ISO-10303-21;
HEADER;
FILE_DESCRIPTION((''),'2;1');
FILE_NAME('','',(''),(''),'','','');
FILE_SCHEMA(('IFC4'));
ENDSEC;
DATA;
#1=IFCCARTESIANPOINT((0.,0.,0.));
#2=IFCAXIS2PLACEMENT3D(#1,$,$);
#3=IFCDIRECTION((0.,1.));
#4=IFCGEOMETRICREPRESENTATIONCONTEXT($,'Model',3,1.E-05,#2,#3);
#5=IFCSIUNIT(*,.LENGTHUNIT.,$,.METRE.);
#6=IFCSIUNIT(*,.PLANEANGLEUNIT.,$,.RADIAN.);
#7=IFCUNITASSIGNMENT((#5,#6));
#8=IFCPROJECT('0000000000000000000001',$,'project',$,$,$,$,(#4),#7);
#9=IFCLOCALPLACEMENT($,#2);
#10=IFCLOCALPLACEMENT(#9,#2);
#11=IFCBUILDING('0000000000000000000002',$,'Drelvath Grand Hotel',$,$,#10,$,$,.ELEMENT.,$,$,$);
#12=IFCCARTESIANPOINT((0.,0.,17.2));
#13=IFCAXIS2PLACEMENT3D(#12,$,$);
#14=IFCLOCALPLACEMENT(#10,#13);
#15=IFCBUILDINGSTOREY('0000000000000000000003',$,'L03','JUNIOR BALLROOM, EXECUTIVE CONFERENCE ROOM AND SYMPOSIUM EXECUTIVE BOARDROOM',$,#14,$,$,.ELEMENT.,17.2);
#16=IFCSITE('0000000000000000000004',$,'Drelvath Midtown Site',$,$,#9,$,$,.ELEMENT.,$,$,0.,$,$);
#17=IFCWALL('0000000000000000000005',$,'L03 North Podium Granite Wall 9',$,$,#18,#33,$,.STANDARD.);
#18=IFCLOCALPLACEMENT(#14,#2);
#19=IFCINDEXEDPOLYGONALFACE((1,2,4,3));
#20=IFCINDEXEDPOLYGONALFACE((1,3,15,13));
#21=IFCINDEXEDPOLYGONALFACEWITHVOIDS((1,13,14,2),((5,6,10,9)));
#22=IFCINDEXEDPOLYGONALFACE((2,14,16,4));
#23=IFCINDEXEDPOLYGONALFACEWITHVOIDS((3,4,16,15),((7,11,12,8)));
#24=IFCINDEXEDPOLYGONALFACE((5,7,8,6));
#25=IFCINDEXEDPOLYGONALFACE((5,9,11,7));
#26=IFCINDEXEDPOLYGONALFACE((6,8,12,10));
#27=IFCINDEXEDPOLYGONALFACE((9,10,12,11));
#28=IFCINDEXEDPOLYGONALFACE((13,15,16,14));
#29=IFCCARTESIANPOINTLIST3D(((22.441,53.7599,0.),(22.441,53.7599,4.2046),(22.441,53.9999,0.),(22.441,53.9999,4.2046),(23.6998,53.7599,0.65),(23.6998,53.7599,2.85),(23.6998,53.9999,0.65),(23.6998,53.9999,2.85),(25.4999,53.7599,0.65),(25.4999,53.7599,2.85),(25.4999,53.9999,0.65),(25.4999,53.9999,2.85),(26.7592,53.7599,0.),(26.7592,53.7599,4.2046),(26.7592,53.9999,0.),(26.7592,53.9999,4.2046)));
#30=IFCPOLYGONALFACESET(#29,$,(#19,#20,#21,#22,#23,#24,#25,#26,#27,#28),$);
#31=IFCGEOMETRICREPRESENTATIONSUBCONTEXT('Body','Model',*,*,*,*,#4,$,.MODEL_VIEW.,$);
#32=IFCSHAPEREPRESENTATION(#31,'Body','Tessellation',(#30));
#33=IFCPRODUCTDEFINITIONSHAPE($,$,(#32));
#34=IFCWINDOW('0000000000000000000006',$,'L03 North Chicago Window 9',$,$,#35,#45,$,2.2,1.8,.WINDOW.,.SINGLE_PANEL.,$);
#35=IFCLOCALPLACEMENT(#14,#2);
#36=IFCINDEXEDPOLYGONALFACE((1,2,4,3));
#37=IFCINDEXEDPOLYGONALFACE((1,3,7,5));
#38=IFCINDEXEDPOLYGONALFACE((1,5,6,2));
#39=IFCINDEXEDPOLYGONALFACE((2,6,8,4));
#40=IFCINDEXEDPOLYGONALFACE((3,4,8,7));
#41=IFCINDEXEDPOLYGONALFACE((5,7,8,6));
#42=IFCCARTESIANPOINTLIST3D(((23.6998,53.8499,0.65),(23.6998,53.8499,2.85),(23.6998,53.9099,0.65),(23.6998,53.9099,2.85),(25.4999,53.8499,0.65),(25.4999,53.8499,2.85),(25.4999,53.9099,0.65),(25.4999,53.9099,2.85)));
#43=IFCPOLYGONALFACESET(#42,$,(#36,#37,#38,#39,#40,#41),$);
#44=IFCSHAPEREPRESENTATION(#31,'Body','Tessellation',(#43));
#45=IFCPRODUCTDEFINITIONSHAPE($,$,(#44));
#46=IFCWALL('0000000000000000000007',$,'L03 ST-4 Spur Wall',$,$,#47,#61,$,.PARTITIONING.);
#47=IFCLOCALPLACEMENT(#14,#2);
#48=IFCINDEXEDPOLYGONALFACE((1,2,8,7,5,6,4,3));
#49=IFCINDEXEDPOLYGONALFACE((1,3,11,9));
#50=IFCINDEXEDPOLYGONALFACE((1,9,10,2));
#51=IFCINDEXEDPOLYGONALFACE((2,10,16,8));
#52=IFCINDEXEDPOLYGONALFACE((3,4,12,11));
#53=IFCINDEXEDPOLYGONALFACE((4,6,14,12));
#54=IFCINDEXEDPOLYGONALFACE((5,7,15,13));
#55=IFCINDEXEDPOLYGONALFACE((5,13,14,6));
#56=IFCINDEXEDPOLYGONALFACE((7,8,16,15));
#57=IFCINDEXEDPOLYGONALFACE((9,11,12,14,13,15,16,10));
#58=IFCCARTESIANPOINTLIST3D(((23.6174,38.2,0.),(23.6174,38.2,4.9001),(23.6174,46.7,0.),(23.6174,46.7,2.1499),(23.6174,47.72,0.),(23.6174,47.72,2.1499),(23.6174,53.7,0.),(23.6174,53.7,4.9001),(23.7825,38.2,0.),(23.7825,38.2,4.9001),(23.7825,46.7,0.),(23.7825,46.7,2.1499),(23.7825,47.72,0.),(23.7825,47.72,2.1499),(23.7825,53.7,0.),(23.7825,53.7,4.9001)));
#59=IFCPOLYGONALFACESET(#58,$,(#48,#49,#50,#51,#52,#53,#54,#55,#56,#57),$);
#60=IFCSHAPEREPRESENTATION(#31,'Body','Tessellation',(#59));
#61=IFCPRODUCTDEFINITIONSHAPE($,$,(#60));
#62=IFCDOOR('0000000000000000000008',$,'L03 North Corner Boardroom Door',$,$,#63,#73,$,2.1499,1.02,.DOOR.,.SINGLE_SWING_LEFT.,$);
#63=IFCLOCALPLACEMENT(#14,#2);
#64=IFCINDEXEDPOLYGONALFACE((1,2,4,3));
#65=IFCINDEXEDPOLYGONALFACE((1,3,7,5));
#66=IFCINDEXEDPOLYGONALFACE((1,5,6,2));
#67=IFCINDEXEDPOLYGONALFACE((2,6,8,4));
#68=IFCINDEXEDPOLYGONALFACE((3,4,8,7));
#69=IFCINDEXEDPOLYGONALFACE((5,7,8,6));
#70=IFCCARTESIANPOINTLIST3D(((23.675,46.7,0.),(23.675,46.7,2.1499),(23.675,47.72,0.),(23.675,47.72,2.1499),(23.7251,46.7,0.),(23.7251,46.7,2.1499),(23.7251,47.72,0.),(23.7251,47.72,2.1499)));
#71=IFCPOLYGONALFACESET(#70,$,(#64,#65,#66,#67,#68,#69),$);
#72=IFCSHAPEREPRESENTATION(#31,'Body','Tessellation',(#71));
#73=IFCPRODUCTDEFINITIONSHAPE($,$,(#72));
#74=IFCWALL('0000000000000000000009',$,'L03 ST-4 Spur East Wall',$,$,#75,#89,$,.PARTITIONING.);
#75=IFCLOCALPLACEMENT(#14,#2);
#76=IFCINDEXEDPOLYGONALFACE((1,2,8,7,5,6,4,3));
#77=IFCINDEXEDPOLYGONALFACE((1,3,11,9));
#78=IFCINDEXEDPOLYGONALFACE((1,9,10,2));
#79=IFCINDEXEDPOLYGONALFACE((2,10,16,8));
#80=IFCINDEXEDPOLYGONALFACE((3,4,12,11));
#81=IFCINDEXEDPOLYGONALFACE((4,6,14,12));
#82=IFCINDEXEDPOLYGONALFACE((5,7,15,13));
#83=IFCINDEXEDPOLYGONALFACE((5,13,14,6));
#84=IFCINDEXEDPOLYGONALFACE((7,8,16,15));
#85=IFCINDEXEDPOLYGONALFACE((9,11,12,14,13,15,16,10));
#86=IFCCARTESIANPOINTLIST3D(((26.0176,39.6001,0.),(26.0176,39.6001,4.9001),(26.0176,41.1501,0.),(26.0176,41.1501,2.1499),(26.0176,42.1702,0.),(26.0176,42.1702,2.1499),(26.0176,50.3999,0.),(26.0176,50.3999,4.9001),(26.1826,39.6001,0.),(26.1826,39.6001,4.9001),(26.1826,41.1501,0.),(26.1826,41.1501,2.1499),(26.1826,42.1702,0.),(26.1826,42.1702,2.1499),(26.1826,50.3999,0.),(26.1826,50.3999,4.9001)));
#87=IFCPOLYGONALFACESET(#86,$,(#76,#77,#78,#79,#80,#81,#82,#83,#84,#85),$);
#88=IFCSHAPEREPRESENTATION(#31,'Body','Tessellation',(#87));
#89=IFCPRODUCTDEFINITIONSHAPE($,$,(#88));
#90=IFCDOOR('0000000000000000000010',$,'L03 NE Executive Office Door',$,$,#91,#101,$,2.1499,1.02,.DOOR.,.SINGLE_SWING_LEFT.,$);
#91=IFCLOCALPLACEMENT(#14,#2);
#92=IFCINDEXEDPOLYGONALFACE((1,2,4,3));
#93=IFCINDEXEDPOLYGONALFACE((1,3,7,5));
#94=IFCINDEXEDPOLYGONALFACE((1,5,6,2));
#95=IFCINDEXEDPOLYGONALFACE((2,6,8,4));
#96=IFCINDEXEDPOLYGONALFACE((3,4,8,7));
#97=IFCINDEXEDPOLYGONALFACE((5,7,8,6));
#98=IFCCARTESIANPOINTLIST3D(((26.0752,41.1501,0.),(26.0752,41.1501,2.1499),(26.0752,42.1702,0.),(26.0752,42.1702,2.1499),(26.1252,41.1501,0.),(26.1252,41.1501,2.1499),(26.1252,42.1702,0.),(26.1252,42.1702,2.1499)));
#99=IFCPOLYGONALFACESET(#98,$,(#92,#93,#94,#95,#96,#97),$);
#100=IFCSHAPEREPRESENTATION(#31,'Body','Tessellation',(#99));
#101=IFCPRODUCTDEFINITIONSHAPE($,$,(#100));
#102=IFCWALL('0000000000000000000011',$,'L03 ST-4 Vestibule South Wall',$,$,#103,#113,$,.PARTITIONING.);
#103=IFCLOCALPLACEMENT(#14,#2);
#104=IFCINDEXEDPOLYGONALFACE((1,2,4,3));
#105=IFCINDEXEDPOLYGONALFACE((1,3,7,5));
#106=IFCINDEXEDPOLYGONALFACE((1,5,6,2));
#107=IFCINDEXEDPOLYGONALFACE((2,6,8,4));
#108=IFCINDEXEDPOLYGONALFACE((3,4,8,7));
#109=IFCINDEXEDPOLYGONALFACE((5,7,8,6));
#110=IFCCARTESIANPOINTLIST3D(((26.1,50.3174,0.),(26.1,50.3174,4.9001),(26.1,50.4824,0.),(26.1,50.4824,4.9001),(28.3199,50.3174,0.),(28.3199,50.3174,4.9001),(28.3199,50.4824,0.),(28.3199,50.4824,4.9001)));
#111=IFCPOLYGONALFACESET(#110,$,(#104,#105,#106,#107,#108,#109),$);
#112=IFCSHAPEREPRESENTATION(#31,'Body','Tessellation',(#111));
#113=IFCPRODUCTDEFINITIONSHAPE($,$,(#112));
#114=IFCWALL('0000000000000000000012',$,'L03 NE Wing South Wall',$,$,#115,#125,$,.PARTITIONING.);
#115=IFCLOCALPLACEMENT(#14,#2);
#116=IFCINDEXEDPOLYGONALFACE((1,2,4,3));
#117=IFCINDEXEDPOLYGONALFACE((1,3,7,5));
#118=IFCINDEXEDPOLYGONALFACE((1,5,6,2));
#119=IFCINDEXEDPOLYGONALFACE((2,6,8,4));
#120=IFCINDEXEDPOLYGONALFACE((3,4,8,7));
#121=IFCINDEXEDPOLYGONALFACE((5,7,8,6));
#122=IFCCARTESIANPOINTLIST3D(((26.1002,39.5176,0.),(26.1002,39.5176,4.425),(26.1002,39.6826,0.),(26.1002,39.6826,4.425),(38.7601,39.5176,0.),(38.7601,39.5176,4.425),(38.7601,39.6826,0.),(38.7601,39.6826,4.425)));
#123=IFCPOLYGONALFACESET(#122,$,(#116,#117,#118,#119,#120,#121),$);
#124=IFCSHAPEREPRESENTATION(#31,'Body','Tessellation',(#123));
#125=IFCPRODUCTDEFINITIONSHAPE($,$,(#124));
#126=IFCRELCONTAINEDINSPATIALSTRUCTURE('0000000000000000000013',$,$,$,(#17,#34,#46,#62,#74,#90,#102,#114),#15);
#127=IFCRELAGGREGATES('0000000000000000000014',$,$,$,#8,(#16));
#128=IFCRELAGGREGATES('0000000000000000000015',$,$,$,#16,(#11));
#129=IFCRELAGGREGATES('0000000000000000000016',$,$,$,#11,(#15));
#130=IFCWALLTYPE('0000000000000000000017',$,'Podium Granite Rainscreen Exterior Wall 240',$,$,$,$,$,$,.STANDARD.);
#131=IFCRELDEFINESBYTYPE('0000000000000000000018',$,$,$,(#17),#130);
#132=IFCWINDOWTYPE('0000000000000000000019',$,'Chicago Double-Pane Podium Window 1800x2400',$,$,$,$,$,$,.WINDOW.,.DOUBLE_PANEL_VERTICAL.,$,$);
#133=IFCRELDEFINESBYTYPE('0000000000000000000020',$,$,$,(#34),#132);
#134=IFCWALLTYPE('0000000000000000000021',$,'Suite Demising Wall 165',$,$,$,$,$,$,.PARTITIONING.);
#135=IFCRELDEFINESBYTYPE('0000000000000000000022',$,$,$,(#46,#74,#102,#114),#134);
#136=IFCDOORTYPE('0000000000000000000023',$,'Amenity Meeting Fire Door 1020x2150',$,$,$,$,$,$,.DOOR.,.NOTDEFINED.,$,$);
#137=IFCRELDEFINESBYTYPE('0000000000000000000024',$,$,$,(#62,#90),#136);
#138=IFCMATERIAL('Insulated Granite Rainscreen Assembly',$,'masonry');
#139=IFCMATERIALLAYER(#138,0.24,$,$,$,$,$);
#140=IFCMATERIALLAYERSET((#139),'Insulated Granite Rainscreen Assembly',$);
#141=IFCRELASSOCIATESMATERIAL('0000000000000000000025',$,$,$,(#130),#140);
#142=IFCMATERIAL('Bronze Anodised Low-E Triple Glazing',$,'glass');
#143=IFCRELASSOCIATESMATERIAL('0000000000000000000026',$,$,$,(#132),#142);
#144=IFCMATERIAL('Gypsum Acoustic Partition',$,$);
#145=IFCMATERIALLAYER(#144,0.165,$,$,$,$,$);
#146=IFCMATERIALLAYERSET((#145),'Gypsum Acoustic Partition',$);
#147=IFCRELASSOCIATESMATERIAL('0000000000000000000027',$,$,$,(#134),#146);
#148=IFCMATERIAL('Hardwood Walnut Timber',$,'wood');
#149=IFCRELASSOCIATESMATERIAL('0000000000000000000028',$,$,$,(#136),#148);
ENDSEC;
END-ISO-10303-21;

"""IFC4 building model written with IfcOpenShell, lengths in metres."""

from ifc_helpers import new_model, si_unit, direction, frame, frame_2d, origin, place, context, subcontext, project, spatial, rectangle, extrude, material, layer, layer_set, type_object, element, fill, save


model = new_model("IFC4")

# Units and contexts
model_context = context("Model", 3, precision=1e-05, world=origin(), true_north=direction((0.0, 1.0)))
body_context = subcontext(model_context, "Body", "Model", "MODEL_VIEW")
ifc_project = project(units=[si_unit("LENGTHUNIT", "METRE"), si_unit("PLANEANGLEUNIT", "RADIAN")], contexts=[model_context])

# Site, building, storey
site_placement = place(None, origin())
site = spatial("IfcSite", under=ifc_project, at=site_placement, Name="Drelvath Midtown Site", CompositionType="ELEMENT", RefElevation=0.0)
building_placement = place(site_placement, origin())
building = spatial("IfcBuilding", under=site, at=building_placement, Name="Drelvath Grand Hotel", CompositionType="ELEMENT")
storey_placement = place(building_placement, frame((0.0, 0.0, 17.2)))
storey = spatial("IfcBuildingStorey", under=building, at=storey_placement, Name="L03", Description="JUNIOR BALLROOM, EXECUTIVE CONFERENCE ROOM AND SYMPOSIUM EXECUTIVE BOARDROOM", CompositionType="ELEMENT", Elevation=17.2)

# Shared definitions
ifc_material_1 = material(Name="Gypsum Acoustic Partition")

# Wall, opening, window
ifc_material_2 = material(Name="Insulated Granite Rainscreen Assembly", Category="masonry")
ifc_layer_1 = layer(ifc_material_2, 0.24)
ifc_layer_set_1 = layer_set([ifc_layer_1], Name="Insulated Granite Rainscreen Assembly")
wall_type_1 = type_object("IfcWallType", Name="Podium Granite Rainscreen Exterior Wall 240", PredefinedType="STANDARD", material=ifc_layer_set_1)
ifc_material_3 = material(Name="Bronze Anodised Low-E Triple Glazing", Category="glass")
wall_1_placement = place(storey_placement, frame((22.4409, 53.8799, 0.0), z_axis=(0.0, 0.0, 1.0), x_axis=(1.0, 0.0, 0.0)))
wall_1 = element("IfcWall", 1, at=wall_1_placement, inside=storey, type_object=wall_type_1, Name="L03 North Podium Granite Wall 9", PredefinedType="STANDARD", context=body_context, shape_type="SweptSolid", body=[
    extrude(rectangle(XDim=4.3181, YDim=0.24, at=frame_2d((2.1592, 0.0))), origin(), (0.0, 0.0, 1.0), 4.2046),
])
opening_1_placement = place(wall_1_placement, frame((1.259, 0.0, 0.6499)))
opening_1 = element("IfcOpeningElement", 2, at=opening_1_placement, cuts=wall_1, PredefinedType="OPENING", context=body_context, shape_type="SweptSolid", body=[
    extrude(rectangle(XDim=1.8, YDim=2.2, at=frame_2d((0.8999, 1.1001))), frame((0.0, 0.1299, 0.0), z_axis=(0.0, -1.0, 0.0), x_axis=(1.0, 0.0, 0.0)), (0.0, 0.0, 1.0), 0.26),
])
window_type_1 = type_object("IfcWindowType", Name="Chicago Double-Pane Podium Window 1800x2400", PartitioningType="DOUBLE_PANEL_VERTICAL", PredefinedType="WINDOW", material=ifc_material_3)
window_1_placement = place(opening_1_placement, origin())
window_1 = element("IfcWindow", 3, at=window_1_placement, inside=storey, type_object=window_type_1, Name="L03 North Chicago Window 9", OverallHeight=2.2, OverallWidth=1.8, PartitioningType="SINGLE_PANEL", PredefinedType="WINDOW", context=body_context, shape_type="SweptSolid", body=[
    extrude(rectangle(XDim=1.8, YDim=2.2, at=frame_2d((0.8999, 1.1001))), frame((0.0, 0.03, 0.0), z_axis=(0.0, -1.0, 0.0), x_axis=(1.0, 0.0, 0.0)), (0.0, 0.0, 1.0), 0.0601),
])
fill(opening_1, window_1)

# Walls, openings, doors
ifc_layer_2 = layer(ifc_material_1, 0.165)
ifc_layer_set_2 = layer_set([ifc_layer_2], Name="Gypsum Acoustic Partition")
wall_type_2 = type_object("IfcWallType", Name="Suite Demising Wall 165", PredefinedType="PARTITIONING", material=ifc_layer_set_2)
wall_2_placement = place(storey_placement, frame((23.7, 38.2, 0.0), z_axis=(0.0, 0.0, 1.0), x_axis=(0.0, 1.0, 0.0)))
wall_2 = element("IfcWall", 4, at=wall_2_placement, inside=storey, type_object=wall_type_2, Name="L03 ST-4 Spur Wall", PredefinedType="PARTITIONING", context=body_context, shape_type="SweptSolid", body=[
    extrude(rectangle(XDim=15.5, YDim=0.165, at=frame_2d((7.75, 0.0))), origin(), (0.0, 0.0, 1.0), 4.9001),
])
opening_2_placement = place(wall_2_placement, frame((8.5, 0.0, 0.0)))
opening_2 = element("IfcOpeningElement", 5, at=opening_2_placement, cuts=wall_2, PredefinedType="OPENING", context=body_context, shape_type="SweptSolid", body=[
    extrude(rectangle(XDim=1.02, YDim=2.1499, at=frame_2d((0.51, 1.075))), frame((0.0, 0.0925, 0.0), z_axis=(0.0, -1.0, 0.0), x_axis=(1.0, 0.0, 0.0)), (0.0, 0.0, 1.0), 0.1851),
])
ifc_material_4 = material(Name="Hardwood Walnut Timber", Category="wood")
door_type = type_object("IfcDoorType", Name="Amenity Meeting Fire Door 1020x2150", OperationType="NOTDEFINED", PredefinedType="DOOR", material=ifc_material_4)
door_1_placement = place(opening_2_placement, origin())
door_1 = element("IfcDoor", 6, at=door_1_placement, inside=storey, type_object=door_type, Name="L03 North Corner Boardroom Door", OperationType="SINGLE_SWING_LEFT", OverallHeight=2.1499, OverallWidth=1.02, PredefinedType="DOOR", context=body_context, shape_type="SweptSolid", body=[
    extrude(rectangle(XDim=1.02, YDim=2.1499, at=frame_2d((0.51, 1.075))), frame((0.0, 0.0249, 0.0), z_axis=(0.0, -1.0, 0.0), x_axis=(1.0, 0.0, 0.0)), (0.0, 0.0, 1.0), 0.05),
])
fill(opening_2, door_1)
wall_3_placement = place(storey_placement, frame((26.1001, 39.6001, 0.0), z_axis=(0.0, 0.0, 1.0), x_axis=(0.0, 1.0, 0.0)))
wall_3 = element("IfcWall", 7, at=wall_3_placement, inside=storey, type_object=wall_type_2, Name="L03 ST-4 Spur East Wall", PredefinedType="PARTITIONING", context=body_context, shape_type="SweptSolid", body=[
    extrude(rectangle(XDim=10.7998, YDim=0.165, at=frame_2d((5.3999, 0.0))), origin(), (0.0, 0.0, 1.0), 4.9001),
])
opening_3_placement = place(wall_3_placement, frame((1.55, 0.0, 0.0)))
opening_3 = element("IfcOpeningElement", 8, at=opening_3_placement, cuts=wall_3, PredefinedType="OPENING", context=body_context, shape_type="SweptSolid", body=[
    extrude(rectangle(XDim=1.02, YDim=2.1499, at=frame_2d((0.51, 1.075))), frame((0.0, 0.0925, 0.0), z_axis=(0.0, -1.0, 0.0), x_axis=(1.0, 0.0, 0.0)), (0.0, 0.0, 1.0), 0.1851),
])
door_2_placement = place(opening_3_placement, origin())
door_2 = element("IfcDoor", 9, at=door_2_placement, inside=storey, type_object=door_type, Name="L03 NE Executive Office Door", OperationType="SINGLE_SWING_LEFT", OverallHeight=2.1499, OverallWidth=1.02, PredefinedType="DOOR", context=body_context, shape_type="SweptSolid", body=[
    extrude(rectangle(XDim=1.02, YDim=2.1499, at=frame_2d((0.51, 1.075))), frame((0.0, 0.0249, 0.0), z_axis=(0.0, -1.0, 0.0), x_axis=(1.0, 0.0, 0.0)), (0.0, 0.0, 1.0), 0.05),
])
fill(opening_3, door_2)

# Walls
wall_4_placement = place(storey_placement, frame((26.1001, 50.3999, 0.0), z_axis=(0.0, 0.0, 1.0), x_axis=(1.0, 0.0, 0.0)))
element("IfcWall", 10, at=wall_4_placement, inside=storey, type_object=wall_type_2, Name="L03 ST-4 Vestibule South Wall", PredefinedType="PARTITIONING", context=body_context, shape_type="SweptSolid", body=[
    extrude(rectangle(XDim=2.22, YDim=0.165, at=frame_2d((1.1099, 0.0))), origin(), (0.0, 0.0, 1.0), 4.9001),
])
wall_5_placement = place(storey_placement, frame((26.1001, 39.6001, 0.0), z_axis=(0.0, 0.0, 1.0), x_axis=(1.0, 0.0, 0.0)))
element("IfcWall", 11, at=wall_5_placement, inside=storey, type_object=wall_type_2, Name="L03 NE Wing South Wall", PredefinedType="PARTITIONING", context=body_context, shape_type="SweptSolid", body=[
    extrude(rectangle(XDim=12.6599, YDim=0.165, at=frame_2d((6.3301, 0.0))), origin(), (0.0, 0.0, 1.0), 4.425),
])

save(model, "model.ifc")
